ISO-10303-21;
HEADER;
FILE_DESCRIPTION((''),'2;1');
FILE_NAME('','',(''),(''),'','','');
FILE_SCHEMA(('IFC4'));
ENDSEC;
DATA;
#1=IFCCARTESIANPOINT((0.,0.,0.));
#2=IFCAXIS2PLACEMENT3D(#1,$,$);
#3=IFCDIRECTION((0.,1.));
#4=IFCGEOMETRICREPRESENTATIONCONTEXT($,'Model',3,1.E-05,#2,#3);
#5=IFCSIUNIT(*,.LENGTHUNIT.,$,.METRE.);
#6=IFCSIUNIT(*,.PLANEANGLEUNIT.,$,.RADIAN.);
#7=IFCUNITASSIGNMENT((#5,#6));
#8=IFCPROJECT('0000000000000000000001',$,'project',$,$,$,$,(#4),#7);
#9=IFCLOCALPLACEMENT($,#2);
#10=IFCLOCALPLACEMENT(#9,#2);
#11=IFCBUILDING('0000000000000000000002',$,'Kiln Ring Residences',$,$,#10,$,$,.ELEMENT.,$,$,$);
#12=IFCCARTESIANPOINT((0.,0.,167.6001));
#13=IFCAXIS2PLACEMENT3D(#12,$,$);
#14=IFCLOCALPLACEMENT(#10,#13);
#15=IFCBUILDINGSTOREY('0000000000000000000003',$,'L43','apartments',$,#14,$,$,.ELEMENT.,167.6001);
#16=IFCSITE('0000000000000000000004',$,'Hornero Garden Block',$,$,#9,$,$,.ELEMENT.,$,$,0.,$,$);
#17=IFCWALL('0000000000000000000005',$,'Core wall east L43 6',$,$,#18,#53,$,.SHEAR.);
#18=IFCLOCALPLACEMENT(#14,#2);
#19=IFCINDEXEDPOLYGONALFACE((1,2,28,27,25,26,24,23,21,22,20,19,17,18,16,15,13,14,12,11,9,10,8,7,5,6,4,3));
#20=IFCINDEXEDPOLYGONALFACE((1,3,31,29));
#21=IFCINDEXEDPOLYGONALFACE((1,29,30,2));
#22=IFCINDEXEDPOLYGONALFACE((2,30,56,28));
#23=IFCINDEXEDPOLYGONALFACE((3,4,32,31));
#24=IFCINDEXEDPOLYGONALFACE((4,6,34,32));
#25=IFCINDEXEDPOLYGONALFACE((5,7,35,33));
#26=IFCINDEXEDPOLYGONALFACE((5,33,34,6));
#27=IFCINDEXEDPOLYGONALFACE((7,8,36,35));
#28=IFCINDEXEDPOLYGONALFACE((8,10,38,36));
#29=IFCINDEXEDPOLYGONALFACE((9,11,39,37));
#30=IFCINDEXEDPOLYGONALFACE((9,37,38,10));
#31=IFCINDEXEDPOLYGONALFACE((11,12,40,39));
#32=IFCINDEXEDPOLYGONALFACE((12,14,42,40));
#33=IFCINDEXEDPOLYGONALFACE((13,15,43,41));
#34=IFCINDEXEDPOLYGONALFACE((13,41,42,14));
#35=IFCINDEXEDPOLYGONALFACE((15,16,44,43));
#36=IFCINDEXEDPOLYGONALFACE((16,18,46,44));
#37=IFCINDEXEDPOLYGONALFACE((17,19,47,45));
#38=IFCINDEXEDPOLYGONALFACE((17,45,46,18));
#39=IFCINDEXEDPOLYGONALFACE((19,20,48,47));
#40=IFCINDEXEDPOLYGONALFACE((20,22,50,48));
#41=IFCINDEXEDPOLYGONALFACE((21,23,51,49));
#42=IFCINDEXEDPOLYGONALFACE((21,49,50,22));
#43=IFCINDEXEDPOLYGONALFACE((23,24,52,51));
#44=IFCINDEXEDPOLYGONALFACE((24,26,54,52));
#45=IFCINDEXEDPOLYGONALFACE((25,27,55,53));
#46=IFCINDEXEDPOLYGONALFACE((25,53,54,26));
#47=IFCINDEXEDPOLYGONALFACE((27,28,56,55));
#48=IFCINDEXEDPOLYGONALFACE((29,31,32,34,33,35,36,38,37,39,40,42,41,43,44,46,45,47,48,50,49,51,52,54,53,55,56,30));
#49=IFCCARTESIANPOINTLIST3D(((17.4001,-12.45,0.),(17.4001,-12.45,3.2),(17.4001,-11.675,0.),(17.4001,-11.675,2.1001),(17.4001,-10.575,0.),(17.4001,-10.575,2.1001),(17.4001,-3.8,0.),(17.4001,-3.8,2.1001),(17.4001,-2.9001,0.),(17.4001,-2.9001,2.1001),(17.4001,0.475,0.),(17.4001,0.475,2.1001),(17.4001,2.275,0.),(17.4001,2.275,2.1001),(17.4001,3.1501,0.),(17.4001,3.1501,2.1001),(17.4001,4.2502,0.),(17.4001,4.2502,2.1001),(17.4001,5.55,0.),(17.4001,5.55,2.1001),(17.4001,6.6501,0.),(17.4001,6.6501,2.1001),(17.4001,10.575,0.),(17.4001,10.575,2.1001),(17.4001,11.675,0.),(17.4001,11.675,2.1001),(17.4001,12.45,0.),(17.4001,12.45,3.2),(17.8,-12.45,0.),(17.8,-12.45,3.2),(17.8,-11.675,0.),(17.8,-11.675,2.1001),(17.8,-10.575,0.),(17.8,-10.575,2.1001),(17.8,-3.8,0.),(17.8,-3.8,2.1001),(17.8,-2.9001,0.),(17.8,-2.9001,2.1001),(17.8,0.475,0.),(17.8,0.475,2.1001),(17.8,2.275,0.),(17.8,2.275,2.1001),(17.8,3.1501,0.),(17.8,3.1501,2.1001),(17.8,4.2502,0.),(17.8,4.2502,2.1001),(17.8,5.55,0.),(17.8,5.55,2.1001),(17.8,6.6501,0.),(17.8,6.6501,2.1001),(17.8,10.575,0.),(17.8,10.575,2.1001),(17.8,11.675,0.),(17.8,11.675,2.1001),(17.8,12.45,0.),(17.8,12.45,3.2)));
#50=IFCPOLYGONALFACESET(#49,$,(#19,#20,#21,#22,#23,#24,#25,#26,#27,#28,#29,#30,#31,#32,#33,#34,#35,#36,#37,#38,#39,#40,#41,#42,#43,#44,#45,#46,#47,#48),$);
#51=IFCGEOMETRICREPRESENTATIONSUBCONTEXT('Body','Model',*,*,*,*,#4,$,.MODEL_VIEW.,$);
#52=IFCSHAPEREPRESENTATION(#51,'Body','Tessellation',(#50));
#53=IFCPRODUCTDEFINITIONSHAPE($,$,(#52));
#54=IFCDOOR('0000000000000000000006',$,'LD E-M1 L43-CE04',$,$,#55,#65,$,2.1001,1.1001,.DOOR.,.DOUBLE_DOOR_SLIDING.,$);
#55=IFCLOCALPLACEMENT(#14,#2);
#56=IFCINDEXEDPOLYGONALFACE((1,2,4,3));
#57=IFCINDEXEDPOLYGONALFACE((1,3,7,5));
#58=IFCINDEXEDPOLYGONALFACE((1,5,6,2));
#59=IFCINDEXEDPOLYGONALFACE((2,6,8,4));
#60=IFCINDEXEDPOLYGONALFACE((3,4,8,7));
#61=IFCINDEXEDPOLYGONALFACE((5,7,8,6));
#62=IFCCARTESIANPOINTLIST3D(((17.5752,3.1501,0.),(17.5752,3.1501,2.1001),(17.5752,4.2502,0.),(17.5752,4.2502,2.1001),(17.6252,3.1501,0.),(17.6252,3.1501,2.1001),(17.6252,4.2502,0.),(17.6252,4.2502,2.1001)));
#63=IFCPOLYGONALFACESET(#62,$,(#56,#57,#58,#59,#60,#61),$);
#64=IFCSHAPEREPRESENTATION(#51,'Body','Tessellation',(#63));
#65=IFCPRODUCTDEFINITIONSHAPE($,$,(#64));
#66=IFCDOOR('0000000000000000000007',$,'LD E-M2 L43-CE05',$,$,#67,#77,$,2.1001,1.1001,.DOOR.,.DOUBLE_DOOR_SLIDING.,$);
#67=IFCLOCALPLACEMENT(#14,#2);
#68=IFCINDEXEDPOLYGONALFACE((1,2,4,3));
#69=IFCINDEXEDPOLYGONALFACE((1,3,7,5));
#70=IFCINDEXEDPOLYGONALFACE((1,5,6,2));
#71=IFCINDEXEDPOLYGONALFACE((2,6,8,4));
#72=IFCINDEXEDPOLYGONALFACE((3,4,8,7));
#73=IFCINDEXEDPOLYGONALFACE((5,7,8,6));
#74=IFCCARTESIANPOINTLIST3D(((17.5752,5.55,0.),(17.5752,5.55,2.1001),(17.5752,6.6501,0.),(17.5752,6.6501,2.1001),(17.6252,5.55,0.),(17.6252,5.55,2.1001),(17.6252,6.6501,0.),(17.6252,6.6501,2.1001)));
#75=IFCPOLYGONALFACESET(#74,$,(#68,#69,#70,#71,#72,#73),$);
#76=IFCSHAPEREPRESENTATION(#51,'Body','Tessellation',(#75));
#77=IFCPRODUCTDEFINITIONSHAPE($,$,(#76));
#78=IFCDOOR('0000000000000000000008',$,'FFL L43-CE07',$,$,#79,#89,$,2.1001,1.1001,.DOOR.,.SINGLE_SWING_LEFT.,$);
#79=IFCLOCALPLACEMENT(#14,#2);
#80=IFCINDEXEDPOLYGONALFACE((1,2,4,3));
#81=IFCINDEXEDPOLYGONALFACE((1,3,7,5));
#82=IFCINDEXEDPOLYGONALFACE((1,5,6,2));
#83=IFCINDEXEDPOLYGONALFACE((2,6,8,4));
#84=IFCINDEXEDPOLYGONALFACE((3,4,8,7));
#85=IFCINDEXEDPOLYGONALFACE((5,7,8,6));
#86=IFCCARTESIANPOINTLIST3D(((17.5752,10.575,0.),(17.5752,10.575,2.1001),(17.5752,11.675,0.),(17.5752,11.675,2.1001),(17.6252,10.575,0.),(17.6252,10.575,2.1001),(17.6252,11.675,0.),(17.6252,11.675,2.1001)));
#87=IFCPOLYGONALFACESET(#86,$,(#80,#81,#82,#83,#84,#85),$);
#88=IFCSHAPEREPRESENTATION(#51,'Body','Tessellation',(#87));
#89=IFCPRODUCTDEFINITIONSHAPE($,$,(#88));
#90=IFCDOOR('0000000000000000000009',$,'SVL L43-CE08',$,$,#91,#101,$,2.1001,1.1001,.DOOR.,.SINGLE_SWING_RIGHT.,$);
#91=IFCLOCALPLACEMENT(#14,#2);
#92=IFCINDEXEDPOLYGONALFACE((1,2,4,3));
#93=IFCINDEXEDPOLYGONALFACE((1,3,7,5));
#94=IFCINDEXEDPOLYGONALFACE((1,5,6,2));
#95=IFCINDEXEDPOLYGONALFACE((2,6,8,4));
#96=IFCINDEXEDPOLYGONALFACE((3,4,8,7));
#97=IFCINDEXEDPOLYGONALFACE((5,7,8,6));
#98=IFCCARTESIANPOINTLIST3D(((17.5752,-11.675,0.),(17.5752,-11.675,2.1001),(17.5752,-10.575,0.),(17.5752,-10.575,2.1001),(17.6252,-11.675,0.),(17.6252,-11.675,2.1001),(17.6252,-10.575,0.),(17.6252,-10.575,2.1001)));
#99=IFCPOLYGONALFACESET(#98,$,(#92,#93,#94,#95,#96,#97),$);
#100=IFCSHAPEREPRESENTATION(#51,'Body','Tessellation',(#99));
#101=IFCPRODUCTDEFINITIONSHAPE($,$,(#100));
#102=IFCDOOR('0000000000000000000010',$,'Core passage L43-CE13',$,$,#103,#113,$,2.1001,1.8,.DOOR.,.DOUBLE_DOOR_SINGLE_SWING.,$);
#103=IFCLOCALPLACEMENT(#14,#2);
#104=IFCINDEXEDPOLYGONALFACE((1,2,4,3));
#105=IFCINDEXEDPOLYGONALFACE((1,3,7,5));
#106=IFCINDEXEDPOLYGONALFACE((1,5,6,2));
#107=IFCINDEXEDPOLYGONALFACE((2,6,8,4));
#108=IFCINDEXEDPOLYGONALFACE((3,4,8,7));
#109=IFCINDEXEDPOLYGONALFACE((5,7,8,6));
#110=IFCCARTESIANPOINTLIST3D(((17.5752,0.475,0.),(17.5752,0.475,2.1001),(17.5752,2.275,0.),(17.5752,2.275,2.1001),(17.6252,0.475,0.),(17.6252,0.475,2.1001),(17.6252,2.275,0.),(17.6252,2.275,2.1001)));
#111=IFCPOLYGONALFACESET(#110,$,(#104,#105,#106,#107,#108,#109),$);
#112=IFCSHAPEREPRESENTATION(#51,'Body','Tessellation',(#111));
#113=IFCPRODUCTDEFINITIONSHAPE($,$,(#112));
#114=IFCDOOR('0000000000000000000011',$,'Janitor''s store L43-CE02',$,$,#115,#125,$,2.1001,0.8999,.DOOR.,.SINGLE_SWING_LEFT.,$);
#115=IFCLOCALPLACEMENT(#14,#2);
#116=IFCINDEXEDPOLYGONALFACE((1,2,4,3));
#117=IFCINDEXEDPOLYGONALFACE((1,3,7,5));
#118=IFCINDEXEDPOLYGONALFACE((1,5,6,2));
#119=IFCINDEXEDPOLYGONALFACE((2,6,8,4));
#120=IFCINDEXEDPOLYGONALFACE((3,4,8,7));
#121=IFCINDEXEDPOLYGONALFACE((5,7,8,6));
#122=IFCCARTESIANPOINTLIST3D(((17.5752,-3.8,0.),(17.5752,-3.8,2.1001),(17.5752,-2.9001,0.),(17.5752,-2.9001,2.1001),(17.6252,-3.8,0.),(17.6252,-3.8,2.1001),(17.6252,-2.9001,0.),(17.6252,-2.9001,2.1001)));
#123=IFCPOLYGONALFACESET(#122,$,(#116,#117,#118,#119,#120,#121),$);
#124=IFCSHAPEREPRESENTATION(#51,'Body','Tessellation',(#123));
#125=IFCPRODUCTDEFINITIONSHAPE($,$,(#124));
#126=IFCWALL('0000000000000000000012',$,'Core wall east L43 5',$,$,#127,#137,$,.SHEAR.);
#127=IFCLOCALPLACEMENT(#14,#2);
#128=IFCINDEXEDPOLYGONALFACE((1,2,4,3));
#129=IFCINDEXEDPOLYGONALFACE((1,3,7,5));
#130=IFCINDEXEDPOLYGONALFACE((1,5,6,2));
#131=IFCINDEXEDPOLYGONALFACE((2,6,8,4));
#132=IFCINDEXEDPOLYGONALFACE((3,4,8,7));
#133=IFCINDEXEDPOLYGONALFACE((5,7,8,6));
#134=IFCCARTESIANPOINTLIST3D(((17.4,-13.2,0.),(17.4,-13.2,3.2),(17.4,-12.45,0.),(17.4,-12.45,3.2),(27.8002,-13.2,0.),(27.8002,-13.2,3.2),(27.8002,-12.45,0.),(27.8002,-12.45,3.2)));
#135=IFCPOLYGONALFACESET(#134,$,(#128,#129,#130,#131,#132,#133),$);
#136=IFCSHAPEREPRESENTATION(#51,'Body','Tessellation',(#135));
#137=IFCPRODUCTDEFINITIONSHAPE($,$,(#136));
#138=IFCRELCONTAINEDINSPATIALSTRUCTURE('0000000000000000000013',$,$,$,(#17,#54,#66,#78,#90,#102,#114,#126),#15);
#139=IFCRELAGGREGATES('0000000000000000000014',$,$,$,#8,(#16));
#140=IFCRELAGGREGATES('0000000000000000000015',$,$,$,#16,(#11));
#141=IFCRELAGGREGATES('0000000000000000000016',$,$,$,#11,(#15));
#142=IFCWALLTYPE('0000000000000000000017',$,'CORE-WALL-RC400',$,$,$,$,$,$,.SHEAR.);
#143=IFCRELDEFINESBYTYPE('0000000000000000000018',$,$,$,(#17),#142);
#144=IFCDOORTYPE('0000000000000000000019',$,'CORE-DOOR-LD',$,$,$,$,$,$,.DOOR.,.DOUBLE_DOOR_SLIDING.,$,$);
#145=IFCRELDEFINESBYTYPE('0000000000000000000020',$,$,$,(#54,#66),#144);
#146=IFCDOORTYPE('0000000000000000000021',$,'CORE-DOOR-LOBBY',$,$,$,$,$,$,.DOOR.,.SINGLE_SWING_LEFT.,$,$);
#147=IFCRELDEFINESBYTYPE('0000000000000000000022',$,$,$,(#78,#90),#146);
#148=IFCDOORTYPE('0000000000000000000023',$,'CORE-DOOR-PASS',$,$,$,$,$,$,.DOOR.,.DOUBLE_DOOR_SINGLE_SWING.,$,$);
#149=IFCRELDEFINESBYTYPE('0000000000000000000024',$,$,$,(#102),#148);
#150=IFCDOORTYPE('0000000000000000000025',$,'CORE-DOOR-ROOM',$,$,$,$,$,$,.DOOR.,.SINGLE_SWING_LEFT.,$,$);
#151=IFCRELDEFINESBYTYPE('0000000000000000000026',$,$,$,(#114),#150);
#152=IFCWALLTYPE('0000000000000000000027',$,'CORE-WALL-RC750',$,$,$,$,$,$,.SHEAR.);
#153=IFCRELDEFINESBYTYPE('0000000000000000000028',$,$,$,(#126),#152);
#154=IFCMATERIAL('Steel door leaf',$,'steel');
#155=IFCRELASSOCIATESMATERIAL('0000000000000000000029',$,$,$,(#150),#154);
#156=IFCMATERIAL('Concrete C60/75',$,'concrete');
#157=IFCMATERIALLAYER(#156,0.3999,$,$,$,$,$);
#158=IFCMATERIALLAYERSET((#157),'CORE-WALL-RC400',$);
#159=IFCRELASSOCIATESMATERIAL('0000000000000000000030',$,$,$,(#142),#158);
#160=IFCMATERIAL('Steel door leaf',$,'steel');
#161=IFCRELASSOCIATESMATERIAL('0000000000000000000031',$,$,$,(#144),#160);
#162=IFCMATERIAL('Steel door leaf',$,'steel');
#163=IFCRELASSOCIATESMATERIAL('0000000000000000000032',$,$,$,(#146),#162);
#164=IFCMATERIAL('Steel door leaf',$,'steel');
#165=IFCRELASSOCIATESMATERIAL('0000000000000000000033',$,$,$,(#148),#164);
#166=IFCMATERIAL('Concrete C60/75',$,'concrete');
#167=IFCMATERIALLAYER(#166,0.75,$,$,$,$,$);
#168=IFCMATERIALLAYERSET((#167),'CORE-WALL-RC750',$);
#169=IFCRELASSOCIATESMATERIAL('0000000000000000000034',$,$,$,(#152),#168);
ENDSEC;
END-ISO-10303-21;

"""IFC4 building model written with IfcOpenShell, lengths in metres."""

from ifc_helpers import new_model, si_unit, direction, frame, frame_2d, origin, place, context, subcontext, project, spatial, rectangle, extrude, material, layer, layer_set, type_object, element, fill, save


model = new_model("IFC4")

# Units and contexts
model_context = context("Model", 3, precision=1e-05, world=origin(), true_north=direction((0.0, 1.0)))
body_context = subcontext(model_context, "Body", "Model", "MODEL_VIEW")
ifc_project = project(units=[si_unit("LENGTHUNIT", "METRE"), si_unit("PLANEANGLEUNIT", "RADIAN")], contexts=[model_context])

# Site, building, storey
site_placement = place(None, origin())
site = spatial("IfcSite", under=ifc_project, at=site_placement, Name="Hornero Garden Block", CompositionType="ELEMENT", RefElevation=0.0)
building_placement = place(site_placement, origin())
building = spatial("IfcBuilding", under=site, at=building_placement, Name="Kiln Ring Residences", CompositionType="ELEMENT")
storey_placement = place(building_placement, frame((0.0, 0.0, 167.6001)))
storey = spatial("IfcBuildingStorey", under=building, at=storey_placement, Name="L43", Description="apartments", CompositionType="ELEMENT", Elevation=167.6001)

# Shared definitions
ifc_material_1 = material(Name="Steel door leaf", Category="steel")
door_type_1 = type_object("IfcDoorType", Name="CORE-DOOR-ROOM", OperationType="SINGLE_SWING_LEFT", PredefinedType="DOOR", material=ifc_material_1)

# Wall, openings, doors
ifc_material_2 = material(Name="Concrete C60/75", Category="concrete")
ifc_layer_1 = layer(ifc_material_2, 0.3999)
ifc_layer_set_1 = layer_set([ifc_layer_1], Name="CORE-WALL-RC400")
wall_type_1 = type_object("IfcWallType", Name="CORE-WALL-RC400", PredefinedType="SHEAR", material=ifc_layer_set_1)
wall_1_placement = place(storey_placement, frame((17.6001, -12.45, 0.0), z_axis=(0.0, 0.0, 1.0), x_axis=(0.0, 1.0, 0.0)))
wall_1 = element("IfcWall", 1, at=wall_1_placement, inside=storey, type_object=wall_type_1, Name="Core wall east L43 6", PredefinedType="SHEAR", context=body_context, shape_type="SweptSolid", body=[
    extrude(rectangle(XDim=24.8999, YDim=0.3999, at=frame_2d((12.45, 0.0))), origin(), (0.0, 0.0, 1.0), 3.2),
])
opening_1_placement = place(wall_1_placement, frame((8.6499, 0.0, 0.0)))
opening_1 = element("IfcOpeningElement", 2, at=opening_1_placement, cuts=wall_1, PredefinedType="OPENING", context=body_context, shape_type="SweptSolid", body=[
    extrude(rectangle(XDim=0.8999, YDim=2.1001, at=frame_2d((0.45, 1.05))), frame((0.0, 0.21, 0.0), z_axis=(0.0, -1.0, 0.0), x_axis=(1.0, 0.0, 0.0)), (0.0, 0.0, 1.0), 0.4199),
])
opening_2_placement = place(wall_1_placement, frame((15.6001, 0.0, 0.0)))
opening_2 = element("IfcOpeningElement", 3, at=opening_2_placement, cuts=wall_1, PredefinedType="OPENING", context=body_context, shape_type="SweptSolid", body=[
    extrude(rectangle(XDim=1.1001, YDim=2.1001, at=frame_2d((0.55, 1.05))), frame((0.0, 0.21, 0.0), z_axis=(0.0, -1.0, 0.0), x_axis=(1.0, 0.0, 0.0)), (0.0, 0.0, 1.0), 0.4199),
])
opening_3_placement = place(wall_1_placement, frame((18.0, 0.0, 0.0)))
opening_3 = element("IfcOpeningElement", 4, at=opening_3_placement, cuts=wall_1, PredefinedType="OPENING", context=body_context, shape_type="SweptSolid", body=[
    extrude(rectangle(XDim=1.1001, YDim=2.1001, at=frame_2d((0.55, 1.05))), frame((0.0, 0.21, 0.0), z_axis=(0.0, -1.0, 0.0), x_axis=(1.0, 0.0, 0.0)), (0.0, 0.0, 1.0), 0.4199),
])
opening_4_placement = place(wall_1_placement, frame((23.0249, 0.0, 0.0)))
opening_4 = element("IfcOpeningElement", 5, at=opening_4_placement, cuts=wall_1, PredefinedType="OPENING", context=body_context, shape_type="SweptSolid", body=[
    extrude(rectangle(XDim=1.1001, YDim=2.1001, at=frame_2d((0.55, 1.05))), frame((0.0, 0.21, 0.0), z_axis=(0.0, -1.0, 0.0), x_axis=(1.0, 0.0, 0.0)), (0.0, 0.0, 1.0), 0.4199),
])
opening_5_placement = place(wall_1_placement, frame((0.7749, 0.0, 0.0)))
opening_5 = element("IfcOpeningElement", 6, at=opening_5_placement, cuts=wall_1, PredefinedType="OPENING", context=body_context, shape_type="SweptSolid", body=[
    extrude(rectangle(XDim=1.1001, YDim=2.1001, at=frame_2d((0.55, 1.05))), frame((0.0, 0.21, 0.0), z_axis=(0.0, -1.0, 0.0), x_axis=(1.0, 0.0, 0.0)), (0.0, 0.0, 1.0), 0.4199),
])
opening_6_placement = place(wall_1_placement, frame((12.925, 0.0, 0.0)))
opening_6 = element("IfcOpeningElement", 7, at=opening_6_placement, cuts=wall_1, PredefinedType="OPENING", context=body_context, shape_type="SweptSolid", body=[
    extrude(rectangle(XDim=1.8, YDim=2.1001, at=frame_2d((0.8999, 1.05))), frame((0.0, 0.21, 0.0), z_axis=(0.0, -1.0, 0.0), x_axis=(1.0, 0.0, 0.0)), (0.0, 0.0, 1.0), 0.4199),
])
ifc_material_3 = material(Name="Steel door leaf", Category="steel")
door_type_2 = type_object("IfcDoorType", Name="CORE-DOOR-LD", OperationType="DOUBLE_DOOR_SLIDING", PredefinedType="DOOR", material=ifc_material_3)
door_1_placement = place(opening_2_placement, origin())
door_1 = element("IfcDoor", 8, at=door_1_placement, inside=storey, type_object=door_type_2, Name="LD E-M1 L43-CE04", OperationType="DOUBLE_DOOR_SLIDING", OverallHeight=2.1001, OverallWidth=1.1001, PredefinedType="DOOR", context=body_context, shape_type="SweptSolid", body=[
    extrude(rectangle(XDim=1.1001, YDim=2.1001, at=frame_2d((0.55, 1.05))), frame((0.0, 0.0249, 0.0), z_axis=(0.0, -1.0, 0.0), x_axis=(1.0, 0.0, 0.0)), (0.0, 0.0, 1.0), 0.05),
])
fill(opening_2, door_1)
door_2_placement = place(opening_3_placement, origin())
door_2 = element("IfcDoor", 9, at=door_2_placement, inside=storey, type_object=door_type_2, Name="LD E-M2 L43-CE05", OperationType="DOUBLE_DOOR_SLIDING", OverallHeight=2.1001, OverallWidth=1.1001, PredefinedType="DOOR", context=body_context, shape_type="SweptSolid", body=[
    extrude(rectangle(XDim=1.1001, YDim=2.1001, at=frame_2d((0.55, 1.05))), frame((0.0, 0.0249, 0.0), z_axis=(0.0, -1.0, 0.0), x_axis=(1.0, 0.0, 0.0)), (0.0, 0.0, 1.0), 0.05),
])
fill(opening_3, door_2)
ifc_material_4 = material(Name="Steel door leaf", Category="steel")
door_type_3 = type_object("IfcDoorType", Name="CORE-DOOR-LOBBY", OperationType="SINGLE_SWING_LEFT", PredefinedType="DOOR", material=ifc_material_4)
door_3_placement = place(opening_4_placement, origin())
door_3 = element("IfcDoor", 10, at=door_3_placement, inside=storey, type_object=door_type_3, Name="FFL L43-CE07", OperationType="SINGLE_SWING_LEFT", OverallHeight=2.1001, OverallWidth=1.1001, PredefinedType="DOOR", context=body_context, shape_type="SweptSolid", body=[
    extrude(rectangle(XDim=1.1001, YDim=2.1001, at=frame_2d((0.55, 1.05))), frame((0.0, 0.0249, 0.0), z_axis=(0.0, -1.0, 0.0), x_axis=(1.0, 0.0, 0.0)), (0.0, 0.0, 1.0), 0.05),
])
fill(opening_4, door_3)
door_4_placement = place(opening_5_placement, origin())
door_4 = element("IfcDoor", 11, at=door_4_placement, inside=storey, type_object=door_type_3, Name="SVL L43-CE08", OperationType="SINGLE_SWING_RIGHT", OverallHeight=2.1001, OverallWidth=1.1001, PredefinedType="DOOR", context=body_context, shape_type="SweptSolid", body=[
    extrude(rectangle(XDim=1.1001, YDim=2.1001, at=frame_2d((0.55, 1.05))), frame((0.0, 0.0249, 0.0), z_axis=(0.0, -1.0, 0.0), x_axis=(1.0, 0.0, 0.0)), (0.0, 0.0, 1.0), 0.05),
])
fill(opening_5, door_4)
ifc_material_5 = material(Name="Steel door leaf", Category="steel")
door_type_4 = type_object("IfcDoorType", Name="CORE-DOOR-PASS", OperationType="DOUBLE_DOOR_SINGLE_SWING", PredefinedType="DOOR", material=ifc_material_5)
door_5_placement = place(opening_6_placement, origin())
door_5 = element("IfcDoor", 12, at=door_5_placement, inside=storey, type_object=door_type_4, Name="Core passage L43-CE13", OperationType="DOUBLE_DOOR_SINGLE_SWING", OverallHeight=2.1001, OverallWidth=1.8, PredefinedType="DOOR", context=body_context, shape_type="SweptSolid", body=[
    extrude(rectangle(XDim=1.8, YDim=2.1001, at=frame_2d((0.8999, 1.05))), frame((0.0, 0.0249, 0.0), z_axis=(0.0, -1.0, 0.0), x_axis=(1.0, 0.0, 0.0)), (0.0, 0.0, 1.0), 0.05),
])
fill(opening_6, door_5)
door_6_placement = place(opening_1_placement, origin())
door_6 = element("IfcDoor", 13, at=door_6_placement, inside=storey, type_object=door_type_1, Name="Janitor's store L43-CE02", OperationType="SINGLE_SWING_LEFT", OverallHeight=2.1001, OverallWidth=0.8999, PredefinedType="DOOR", context=body_context, shape_type="SweptSolid", body=[
    extrude(rectangle(XDim=0.8999, YDim=2.1001, at=frame_2d((0.45, 1.05))), frame((0.0, 0.0249, 0.0), z_axis=(0.0, -1.0, 0.0), x_axis=(1.0, 0.0, 0.0)), (0.0, 0.0, 1.0), 0.05),
])
fill(opening_1, door_6)

# Wall
ifc_material_6 = material(Name="Concrete C60/75", Category="concrete")
ifc_layer_2 = layer(ifc_material_6, 0.75)
ifc_layer_set_2 = layer_set([ifc_layer_2], Name="CORE-WALL-RC750")
wall_type_2 = type_object("IfcWallType", Name="CORE-WALL-RC750", PredefinedType="SHEAR", material=ifc_layer_set_2)
wall_2_placement = place(storey_placement, frame((17.3999, -12.825, 0.0), z_axis=(0.0, 0.0, 1.0), x_axis=(1.0, 0.0, 0.0)))
element("IfcWall", 14, at=wall_2_placement, inside=storey, type_object=wall_type_2, Name="Core wall east L43 5", PredefinedType="SHEAR", context=body_context, shape_type="SweptSolid", body=[
    extrude(rectangle(XDim=10.4001, YDim=0.75, at=frame_2d((5.2002, 0.0))), origin(), (0.0, 0.0, 1.0), 3.2),
])

save(model, "model.ifc")
